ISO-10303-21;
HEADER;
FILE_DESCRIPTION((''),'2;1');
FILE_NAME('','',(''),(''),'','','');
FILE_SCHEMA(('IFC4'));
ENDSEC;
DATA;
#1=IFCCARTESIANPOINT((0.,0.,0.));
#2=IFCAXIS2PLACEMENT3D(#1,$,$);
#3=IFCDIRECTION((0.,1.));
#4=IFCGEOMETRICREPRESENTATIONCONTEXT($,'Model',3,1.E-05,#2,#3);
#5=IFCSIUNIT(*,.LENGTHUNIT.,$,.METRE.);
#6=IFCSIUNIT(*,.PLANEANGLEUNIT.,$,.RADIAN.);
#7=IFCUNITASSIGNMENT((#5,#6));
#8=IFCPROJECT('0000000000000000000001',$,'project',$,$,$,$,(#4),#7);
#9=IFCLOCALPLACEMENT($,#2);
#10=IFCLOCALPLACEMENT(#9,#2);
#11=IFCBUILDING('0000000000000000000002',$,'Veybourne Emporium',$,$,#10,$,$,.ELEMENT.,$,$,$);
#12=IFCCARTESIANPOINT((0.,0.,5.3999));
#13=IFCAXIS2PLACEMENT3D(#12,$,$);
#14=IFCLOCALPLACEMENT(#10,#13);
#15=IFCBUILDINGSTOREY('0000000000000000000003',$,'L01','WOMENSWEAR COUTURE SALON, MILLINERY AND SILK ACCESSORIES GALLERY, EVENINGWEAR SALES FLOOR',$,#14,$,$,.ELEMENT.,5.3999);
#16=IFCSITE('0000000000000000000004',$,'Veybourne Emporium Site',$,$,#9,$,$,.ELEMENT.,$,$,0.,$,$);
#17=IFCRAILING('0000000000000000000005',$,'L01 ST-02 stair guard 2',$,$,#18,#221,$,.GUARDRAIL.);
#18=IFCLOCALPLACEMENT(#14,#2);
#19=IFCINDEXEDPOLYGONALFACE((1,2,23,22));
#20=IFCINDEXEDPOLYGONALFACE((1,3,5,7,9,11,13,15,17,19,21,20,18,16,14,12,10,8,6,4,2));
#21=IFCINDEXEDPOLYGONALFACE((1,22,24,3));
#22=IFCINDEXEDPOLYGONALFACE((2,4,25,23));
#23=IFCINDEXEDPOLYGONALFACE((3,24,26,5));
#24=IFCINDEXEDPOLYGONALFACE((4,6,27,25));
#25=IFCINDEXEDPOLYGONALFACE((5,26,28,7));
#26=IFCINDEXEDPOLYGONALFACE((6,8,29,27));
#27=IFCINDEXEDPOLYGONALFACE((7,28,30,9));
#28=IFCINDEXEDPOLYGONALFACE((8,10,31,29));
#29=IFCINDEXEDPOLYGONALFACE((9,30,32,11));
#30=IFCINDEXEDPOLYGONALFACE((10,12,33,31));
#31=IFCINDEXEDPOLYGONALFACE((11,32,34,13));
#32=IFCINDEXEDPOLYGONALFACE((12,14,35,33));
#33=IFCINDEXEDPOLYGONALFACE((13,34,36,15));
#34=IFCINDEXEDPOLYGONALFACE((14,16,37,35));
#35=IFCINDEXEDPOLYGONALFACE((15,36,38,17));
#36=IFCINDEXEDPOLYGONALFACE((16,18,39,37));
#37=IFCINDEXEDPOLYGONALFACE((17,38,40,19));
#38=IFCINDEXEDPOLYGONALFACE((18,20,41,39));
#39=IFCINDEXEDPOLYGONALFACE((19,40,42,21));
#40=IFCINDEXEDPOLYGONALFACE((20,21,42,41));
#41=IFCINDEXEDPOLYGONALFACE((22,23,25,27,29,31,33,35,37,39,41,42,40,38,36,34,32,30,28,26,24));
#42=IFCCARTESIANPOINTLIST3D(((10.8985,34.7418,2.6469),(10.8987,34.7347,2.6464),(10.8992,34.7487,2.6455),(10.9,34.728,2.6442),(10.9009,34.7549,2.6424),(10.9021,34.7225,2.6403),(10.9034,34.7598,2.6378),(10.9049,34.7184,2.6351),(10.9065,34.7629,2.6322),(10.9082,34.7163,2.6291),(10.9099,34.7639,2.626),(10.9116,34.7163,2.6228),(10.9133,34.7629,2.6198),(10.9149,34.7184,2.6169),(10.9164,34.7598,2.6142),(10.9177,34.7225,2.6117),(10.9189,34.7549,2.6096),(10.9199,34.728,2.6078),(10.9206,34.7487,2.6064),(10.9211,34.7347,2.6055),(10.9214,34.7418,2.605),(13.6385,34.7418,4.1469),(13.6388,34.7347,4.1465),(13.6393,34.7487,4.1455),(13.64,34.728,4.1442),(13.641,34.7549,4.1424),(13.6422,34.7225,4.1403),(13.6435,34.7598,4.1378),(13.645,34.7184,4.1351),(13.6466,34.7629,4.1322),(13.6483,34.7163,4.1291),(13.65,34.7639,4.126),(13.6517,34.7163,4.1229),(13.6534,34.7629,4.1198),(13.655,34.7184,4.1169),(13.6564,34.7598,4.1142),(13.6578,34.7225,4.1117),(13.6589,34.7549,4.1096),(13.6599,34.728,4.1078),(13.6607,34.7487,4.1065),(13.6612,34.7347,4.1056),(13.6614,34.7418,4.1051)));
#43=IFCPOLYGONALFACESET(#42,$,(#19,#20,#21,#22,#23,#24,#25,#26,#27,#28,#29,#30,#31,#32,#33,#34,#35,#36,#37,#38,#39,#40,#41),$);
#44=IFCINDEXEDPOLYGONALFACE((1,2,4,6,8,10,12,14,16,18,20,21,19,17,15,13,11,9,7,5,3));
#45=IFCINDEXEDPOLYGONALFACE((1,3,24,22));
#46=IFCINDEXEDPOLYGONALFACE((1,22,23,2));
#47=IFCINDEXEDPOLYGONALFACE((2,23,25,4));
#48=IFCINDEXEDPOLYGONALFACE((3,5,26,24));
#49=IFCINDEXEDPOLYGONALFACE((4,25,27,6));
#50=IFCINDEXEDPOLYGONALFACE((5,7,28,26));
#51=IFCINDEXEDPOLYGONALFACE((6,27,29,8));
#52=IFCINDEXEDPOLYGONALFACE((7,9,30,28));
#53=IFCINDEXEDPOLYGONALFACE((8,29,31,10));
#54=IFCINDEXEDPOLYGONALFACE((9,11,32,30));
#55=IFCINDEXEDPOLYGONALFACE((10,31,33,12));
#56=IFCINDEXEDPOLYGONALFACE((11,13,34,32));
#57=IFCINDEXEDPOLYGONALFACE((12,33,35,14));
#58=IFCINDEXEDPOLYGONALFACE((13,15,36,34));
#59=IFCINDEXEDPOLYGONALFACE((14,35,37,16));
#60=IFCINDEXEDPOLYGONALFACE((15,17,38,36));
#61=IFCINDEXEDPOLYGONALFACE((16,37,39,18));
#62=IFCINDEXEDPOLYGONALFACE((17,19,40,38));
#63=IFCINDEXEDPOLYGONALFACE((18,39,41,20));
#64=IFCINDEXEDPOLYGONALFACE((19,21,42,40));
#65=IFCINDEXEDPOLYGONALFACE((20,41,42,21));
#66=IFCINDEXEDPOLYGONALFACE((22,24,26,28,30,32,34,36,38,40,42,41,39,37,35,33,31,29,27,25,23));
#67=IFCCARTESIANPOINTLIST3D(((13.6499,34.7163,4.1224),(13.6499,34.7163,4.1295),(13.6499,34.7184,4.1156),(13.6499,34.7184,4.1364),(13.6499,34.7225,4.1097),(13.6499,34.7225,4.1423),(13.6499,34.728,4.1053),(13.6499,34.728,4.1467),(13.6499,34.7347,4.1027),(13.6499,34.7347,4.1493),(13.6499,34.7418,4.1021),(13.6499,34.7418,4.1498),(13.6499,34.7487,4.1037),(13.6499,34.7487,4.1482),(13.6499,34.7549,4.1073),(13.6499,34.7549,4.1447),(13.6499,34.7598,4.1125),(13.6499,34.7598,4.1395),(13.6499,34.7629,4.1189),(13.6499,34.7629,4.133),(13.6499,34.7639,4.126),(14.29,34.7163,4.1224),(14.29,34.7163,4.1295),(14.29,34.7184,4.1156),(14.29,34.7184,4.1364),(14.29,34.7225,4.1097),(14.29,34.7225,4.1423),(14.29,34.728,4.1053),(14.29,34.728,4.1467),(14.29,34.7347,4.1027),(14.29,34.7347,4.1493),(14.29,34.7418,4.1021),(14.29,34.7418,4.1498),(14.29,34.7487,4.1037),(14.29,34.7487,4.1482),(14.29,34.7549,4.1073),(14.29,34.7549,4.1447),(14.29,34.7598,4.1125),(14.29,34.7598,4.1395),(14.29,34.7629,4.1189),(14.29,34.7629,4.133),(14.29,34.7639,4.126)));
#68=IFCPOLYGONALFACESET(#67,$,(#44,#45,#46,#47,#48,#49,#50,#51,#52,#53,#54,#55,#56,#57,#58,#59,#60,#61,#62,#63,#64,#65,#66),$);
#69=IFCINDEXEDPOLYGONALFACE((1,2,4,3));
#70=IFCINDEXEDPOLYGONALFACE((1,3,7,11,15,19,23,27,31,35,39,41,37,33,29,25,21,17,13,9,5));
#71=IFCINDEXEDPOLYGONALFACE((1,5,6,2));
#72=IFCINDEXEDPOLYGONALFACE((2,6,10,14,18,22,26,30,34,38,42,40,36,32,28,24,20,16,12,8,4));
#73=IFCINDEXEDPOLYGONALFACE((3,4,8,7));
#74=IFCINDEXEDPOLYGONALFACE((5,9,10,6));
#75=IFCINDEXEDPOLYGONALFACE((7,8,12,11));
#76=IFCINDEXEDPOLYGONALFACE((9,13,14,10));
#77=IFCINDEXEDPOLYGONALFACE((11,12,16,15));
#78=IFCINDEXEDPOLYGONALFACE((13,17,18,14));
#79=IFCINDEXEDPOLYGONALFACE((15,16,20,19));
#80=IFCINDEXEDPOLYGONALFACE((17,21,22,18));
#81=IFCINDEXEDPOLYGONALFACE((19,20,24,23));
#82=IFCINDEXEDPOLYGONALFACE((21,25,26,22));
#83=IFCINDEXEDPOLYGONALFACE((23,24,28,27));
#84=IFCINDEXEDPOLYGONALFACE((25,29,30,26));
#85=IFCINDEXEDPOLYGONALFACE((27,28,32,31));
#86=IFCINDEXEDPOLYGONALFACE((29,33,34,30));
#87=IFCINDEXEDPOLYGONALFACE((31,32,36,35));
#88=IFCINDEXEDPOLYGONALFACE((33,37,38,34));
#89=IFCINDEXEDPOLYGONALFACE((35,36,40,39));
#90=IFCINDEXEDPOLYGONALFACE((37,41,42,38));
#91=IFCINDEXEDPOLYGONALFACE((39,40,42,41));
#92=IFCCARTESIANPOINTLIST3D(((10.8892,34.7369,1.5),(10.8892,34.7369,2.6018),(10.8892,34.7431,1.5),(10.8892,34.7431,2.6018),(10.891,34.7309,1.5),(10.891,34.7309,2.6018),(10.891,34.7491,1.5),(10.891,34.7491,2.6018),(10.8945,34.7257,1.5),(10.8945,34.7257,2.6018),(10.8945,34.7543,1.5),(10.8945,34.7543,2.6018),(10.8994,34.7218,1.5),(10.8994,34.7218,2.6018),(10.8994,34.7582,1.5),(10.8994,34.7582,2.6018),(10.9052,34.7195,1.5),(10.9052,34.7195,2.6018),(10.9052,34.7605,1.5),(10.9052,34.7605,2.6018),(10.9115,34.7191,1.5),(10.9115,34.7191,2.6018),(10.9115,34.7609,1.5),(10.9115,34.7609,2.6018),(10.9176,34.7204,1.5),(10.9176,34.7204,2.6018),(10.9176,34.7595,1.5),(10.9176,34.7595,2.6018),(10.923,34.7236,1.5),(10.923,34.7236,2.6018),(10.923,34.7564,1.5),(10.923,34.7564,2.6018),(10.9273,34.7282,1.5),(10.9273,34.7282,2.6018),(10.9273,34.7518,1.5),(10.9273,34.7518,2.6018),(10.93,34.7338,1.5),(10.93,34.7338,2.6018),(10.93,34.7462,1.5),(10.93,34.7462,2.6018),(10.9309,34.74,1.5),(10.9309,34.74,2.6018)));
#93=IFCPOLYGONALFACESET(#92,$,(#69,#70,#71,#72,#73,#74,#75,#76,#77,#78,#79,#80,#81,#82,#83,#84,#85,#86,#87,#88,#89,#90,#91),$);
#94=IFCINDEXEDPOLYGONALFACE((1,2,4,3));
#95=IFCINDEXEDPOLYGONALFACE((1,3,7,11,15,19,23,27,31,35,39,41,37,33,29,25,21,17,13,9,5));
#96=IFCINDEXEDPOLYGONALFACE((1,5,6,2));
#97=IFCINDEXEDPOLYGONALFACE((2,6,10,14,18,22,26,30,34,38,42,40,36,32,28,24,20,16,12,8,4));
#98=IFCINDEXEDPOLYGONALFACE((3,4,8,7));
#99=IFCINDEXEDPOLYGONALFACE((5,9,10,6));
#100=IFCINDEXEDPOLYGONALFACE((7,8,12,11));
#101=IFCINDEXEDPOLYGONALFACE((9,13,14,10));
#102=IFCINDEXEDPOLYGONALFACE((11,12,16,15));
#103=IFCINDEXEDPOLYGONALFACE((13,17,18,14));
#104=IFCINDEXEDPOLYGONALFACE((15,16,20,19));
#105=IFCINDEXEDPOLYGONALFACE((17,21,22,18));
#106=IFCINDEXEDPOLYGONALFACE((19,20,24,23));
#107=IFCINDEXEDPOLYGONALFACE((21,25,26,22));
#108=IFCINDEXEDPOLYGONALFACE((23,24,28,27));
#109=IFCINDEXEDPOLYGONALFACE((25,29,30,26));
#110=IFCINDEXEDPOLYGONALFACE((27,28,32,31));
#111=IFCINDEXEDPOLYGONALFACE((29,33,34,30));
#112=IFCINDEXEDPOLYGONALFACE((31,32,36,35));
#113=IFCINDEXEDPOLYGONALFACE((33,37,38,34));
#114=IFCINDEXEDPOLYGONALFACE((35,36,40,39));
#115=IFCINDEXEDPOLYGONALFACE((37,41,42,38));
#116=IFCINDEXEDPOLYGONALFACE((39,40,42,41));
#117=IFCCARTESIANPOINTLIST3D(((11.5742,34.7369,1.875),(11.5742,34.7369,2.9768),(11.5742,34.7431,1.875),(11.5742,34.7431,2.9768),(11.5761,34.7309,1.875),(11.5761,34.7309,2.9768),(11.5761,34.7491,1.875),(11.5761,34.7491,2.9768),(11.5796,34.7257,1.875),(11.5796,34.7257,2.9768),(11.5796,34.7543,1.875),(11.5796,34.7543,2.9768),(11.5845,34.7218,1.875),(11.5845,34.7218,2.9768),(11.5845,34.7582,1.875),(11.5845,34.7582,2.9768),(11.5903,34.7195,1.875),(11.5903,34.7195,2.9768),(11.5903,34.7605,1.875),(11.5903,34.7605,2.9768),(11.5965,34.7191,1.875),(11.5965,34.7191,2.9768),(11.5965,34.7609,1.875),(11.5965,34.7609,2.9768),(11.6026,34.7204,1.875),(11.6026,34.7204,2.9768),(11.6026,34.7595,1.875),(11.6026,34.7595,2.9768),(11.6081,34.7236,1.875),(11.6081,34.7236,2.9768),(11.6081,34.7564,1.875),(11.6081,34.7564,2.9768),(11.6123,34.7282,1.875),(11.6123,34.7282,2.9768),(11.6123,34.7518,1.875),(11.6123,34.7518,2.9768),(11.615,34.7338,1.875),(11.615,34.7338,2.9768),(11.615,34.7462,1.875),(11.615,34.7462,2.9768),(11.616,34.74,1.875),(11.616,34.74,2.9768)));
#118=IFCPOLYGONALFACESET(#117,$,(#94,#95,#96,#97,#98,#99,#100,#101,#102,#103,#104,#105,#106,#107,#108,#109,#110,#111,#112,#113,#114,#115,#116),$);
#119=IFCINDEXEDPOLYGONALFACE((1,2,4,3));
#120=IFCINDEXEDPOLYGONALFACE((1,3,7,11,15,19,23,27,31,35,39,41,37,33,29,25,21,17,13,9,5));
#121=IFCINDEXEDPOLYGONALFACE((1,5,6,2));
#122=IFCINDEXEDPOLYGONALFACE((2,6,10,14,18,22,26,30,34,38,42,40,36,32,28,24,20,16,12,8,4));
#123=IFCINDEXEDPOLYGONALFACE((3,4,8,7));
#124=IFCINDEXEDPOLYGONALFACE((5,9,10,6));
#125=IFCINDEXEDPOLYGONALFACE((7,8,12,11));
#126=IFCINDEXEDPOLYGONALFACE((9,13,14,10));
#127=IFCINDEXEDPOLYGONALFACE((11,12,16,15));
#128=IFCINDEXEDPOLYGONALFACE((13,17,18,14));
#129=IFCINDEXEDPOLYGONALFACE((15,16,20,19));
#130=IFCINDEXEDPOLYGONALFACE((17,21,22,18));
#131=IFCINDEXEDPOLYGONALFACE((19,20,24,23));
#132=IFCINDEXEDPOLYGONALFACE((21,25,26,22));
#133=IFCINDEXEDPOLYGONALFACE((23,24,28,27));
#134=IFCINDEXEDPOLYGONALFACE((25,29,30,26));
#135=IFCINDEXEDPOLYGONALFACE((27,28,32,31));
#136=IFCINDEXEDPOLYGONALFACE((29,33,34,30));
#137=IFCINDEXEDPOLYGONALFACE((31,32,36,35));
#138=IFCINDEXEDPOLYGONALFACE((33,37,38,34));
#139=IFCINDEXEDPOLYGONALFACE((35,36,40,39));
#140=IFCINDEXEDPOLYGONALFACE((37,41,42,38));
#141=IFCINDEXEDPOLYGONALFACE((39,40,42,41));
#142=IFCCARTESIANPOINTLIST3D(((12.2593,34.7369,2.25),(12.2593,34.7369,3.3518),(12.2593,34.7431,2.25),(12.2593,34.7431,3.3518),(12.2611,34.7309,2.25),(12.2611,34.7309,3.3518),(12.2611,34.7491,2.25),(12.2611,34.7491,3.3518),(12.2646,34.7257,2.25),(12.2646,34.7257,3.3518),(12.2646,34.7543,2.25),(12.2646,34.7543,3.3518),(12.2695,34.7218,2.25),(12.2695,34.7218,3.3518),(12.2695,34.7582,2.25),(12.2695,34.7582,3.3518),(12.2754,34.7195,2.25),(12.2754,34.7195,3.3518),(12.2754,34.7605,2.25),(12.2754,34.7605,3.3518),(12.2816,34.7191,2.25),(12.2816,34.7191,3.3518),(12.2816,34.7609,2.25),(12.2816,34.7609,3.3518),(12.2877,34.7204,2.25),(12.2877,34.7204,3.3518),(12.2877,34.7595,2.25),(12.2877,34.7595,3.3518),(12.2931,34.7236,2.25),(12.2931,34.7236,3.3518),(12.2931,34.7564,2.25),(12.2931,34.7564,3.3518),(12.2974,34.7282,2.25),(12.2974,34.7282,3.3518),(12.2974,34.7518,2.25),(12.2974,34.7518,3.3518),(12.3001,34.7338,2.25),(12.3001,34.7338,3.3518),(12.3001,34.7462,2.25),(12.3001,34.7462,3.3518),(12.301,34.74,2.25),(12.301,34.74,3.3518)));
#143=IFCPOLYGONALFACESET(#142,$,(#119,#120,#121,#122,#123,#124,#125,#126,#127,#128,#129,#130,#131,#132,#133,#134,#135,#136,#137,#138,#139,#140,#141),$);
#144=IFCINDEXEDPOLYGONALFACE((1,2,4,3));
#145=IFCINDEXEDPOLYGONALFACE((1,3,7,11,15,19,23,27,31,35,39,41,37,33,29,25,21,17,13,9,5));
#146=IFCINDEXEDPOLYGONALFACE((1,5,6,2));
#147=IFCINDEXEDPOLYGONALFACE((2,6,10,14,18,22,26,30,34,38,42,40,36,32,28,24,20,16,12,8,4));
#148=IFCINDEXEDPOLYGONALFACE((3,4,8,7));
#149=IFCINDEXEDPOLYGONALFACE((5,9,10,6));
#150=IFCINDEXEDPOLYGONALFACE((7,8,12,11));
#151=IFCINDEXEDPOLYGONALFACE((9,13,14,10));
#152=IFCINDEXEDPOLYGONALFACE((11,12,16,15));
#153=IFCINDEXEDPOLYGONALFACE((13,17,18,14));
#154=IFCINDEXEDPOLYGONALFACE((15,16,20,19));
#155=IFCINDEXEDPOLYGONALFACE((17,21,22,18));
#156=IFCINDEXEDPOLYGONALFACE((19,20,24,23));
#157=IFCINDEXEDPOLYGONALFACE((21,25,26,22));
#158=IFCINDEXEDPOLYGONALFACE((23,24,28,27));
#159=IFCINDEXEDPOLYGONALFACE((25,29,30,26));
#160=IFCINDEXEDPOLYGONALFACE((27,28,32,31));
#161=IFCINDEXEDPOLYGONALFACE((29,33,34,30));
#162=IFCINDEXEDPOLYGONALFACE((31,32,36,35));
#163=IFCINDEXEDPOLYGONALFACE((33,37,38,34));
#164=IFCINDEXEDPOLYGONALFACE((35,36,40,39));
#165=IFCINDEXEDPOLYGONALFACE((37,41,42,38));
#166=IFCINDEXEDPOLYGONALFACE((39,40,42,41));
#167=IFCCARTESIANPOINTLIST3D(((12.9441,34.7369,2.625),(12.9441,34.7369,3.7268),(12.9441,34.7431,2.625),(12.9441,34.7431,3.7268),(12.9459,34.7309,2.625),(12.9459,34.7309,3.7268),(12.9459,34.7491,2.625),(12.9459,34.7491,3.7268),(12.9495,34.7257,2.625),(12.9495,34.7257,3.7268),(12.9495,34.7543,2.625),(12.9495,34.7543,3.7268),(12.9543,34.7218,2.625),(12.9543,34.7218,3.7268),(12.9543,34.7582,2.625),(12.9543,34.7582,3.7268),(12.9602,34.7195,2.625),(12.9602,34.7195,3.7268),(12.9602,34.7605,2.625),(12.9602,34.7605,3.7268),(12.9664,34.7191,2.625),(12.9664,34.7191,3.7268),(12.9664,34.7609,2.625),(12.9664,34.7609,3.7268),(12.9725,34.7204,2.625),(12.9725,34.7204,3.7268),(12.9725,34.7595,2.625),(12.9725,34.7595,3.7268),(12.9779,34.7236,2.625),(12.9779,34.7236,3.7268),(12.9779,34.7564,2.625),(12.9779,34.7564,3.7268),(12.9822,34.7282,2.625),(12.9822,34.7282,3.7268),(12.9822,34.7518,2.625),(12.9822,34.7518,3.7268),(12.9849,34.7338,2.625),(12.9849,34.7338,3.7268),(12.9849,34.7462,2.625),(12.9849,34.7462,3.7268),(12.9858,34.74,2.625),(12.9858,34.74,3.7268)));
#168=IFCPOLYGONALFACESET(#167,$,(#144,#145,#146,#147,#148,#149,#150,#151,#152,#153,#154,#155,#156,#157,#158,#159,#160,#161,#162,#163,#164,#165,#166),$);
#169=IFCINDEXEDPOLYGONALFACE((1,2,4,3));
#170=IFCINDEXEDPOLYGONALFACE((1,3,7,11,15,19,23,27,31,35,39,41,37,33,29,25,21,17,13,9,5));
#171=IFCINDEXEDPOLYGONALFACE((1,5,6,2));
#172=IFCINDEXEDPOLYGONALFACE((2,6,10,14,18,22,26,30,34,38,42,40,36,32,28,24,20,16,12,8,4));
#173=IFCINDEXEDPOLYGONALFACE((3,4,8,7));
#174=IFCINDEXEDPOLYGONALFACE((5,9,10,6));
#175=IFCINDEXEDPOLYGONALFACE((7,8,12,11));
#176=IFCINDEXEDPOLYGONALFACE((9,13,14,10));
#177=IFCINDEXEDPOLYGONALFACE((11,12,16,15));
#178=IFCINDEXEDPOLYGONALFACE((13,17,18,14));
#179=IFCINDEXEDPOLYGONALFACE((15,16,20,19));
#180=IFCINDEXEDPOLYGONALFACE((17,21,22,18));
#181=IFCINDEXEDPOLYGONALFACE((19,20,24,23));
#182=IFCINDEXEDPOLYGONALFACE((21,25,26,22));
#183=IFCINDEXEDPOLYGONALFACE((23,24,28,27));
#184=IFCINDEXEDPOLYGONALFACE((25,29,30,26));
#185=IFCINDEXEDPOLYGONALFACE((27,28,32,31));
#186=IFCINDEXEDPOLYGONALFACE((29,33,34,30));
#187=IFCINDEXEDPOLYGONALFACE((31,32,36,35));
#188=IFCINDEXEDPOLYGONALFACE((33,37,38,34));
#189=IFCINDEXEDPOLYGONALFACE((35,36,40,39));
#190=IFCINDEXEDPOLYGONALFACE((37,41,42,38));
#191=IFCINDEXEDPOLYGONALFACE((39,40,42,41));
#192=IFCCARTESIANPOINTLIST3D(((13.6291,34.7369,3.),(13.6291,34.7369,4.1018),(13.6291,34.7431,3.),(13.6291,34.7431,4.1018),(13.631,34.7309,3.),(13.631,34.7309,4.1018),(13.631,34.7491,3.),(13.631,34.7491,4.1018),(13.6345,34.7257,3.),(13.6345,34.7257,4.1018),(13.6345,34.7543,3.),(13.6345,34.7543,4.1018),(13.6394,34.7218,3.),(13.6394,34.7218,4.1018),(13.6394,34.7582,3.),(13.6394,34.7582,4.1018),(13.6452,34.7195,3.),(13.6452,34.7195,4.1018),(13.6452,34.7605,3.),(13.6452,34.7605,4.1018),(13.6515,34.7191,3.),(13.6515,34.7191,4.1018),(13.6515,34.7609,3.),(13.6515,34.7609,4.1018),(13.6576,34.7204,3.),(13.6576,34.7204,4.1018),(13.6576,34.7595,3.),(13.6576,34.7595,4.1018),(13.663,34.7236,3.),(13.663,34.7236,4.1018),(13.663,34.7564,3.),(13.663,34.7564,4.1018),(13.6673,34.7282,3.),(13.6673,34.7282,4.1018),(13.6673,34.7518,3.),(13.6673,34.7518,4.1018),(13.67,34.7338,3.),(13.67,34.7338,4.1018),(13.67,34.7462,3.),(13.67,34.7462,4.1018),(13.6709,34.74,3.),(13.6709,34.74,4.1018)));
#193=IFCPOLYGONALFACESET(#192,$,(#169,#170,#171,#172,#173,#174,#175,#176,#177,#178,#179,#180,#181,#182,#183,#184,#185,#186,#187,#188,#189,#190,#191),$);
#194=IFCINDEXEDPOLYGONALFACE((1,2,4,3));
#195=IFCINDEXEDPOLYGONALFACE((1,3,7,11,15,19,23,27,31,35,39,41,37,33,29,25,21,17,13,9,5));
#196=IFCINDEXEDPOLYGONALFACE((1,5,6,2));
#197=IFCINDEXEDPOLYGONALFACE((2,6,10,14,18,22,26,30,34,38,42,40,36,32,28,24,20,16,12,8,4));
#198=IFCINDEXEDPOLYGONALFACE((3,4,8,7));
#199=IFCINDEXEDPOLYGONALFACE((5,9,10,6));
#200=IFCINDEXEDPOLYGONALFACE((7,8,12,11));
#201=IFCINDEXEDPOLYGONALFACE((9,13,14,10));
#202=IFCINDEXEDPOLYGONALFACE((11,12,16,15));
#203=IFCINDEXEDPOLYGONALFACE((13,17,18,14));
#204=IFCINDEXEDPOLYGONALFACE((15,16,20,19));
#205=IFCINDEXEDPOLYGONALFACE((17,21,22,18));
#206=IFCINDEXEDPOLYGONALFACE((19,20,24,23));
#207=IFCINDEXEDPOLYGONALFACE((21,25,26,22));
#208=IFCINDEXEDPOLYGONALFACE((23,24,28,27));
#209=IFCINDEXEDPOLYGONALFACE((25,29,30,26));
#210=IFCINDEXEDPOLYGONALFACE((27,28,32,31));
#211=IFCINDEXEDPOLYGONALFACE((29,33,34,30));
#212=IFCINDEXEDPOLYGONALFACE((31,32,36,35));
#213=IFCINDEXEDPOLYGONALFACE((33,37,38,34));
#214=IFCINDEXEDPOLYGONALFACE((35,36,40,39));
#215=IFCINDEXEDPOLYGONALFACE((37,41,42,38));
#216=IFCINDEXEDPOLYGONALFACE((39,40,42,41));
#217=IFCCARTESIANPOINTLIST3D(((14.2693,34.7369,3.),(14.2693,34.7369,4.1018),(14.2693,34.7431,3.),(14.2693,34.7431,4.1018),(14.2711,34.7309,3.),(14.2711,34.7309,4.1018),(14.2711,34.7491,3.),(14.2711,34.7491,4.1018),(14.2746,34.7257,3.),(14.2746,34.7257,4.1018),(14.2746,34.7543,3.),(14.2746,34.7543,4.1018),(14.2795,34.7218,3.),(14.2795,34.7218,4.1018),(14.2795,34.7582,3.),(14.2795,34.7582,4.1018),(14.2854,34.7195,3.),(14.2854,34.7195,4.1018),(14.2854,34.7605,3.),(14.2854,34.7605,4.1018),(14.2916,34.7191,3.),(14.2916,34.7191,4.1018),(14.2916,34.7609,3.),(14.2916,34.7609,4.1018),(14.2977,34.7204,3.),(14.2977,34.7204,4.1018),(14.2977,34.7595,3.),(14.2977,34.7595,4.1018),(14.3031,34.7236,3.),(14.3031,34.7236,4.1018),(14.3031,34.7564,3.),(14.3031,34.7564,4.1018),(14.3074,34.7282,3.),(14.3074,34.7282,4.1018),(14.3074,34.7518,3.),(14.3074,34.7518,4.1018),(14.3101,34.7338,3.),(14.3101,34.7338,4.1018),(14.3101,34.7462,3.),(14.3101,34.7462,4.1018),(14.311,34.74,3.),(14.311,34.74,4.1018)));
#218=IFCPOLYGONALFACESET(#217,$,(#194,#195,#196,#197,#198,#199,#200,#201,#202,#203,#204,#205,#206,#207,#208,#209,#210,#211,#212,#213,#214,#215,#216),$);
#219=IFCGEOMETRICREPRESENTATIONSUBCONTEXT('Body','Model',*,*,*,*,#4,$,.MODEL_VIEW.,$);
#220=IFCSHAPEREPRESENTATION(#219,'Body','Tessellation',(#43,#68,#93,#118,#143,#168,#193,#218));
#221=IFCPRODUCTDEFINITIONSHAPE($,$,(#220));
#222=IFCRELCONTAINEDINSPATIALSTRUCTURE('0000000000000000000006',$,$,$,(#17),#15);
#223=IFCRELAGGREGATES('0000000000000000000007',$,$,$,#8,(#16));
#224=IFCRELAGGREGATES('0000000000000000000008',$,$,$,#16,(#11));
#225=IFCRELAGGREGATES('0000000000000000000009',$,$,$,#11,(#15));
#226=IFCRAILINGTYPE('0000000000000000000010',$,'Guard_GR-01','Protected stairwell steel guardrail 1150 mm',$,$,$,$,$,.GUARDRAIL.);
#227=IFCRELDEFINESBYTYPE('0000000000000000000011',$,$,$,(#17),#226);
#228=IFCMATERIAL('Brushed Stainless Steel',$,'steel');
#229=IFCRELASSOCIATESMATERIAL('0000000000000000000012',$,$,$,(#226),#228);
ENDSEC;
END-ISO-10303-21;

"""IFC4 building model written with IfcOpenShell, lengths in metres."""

from ifc_helpers import new_model, si_unit, direction, frame, origin, origin_2d, place, context, subcontext, project, spatial, circle, extrude, material, type_object, element, save


model = new_model("IFC4")

# Units and contexts
model_context = context("Model", 3, precision=1e-05, world=origin(), true_north=direction((0.0, 1.0)))
body_context = subcontext(model_context, "Body", "Model", "MODEL_VIEW")
ifc_project = project(units=[si_unit("LENGTHUNIT", "METRE"), si_unit("PLANEANGLEUNIT", "RADIAN")], contexts=[model_context])

# Site, building, storey
site_placement = place(None, origin())
site = spatial("IfcSite", under=ifc_project, at=site_placement, Name="Veybourne Emporium Site", CompositionType="ELEMENT", RefElevation=0.0)
building_placement = place(site_placement, origin())
building = spatial("IfcBuilding", under=site, at=building_placement, Name="Veybourne Emporium", CompositionType="ELEMENT")
storey_placement = place(building_placement, frame((0.0, 0.0, 5.3999)))
storey = spatial("IfcBuildingStorey", under=building, at=storey_placement, Name="L01", Description="WOMENSWEAR COUTURE SALON, MILLINERY AND SILK ACCESSORIES GALLERY, EVENINGWEAR SALES FLOOR", CompositionType="ELEMENT", Elevation=5.3999)

# Railing
ifc_material_1 = material(Name="Brushed Stainless Steel", Category="steel")
railing_type = type_object("IfcRailingType", Name="Guard_GR-01", Description="Protected stairwell steel guardrail 1150 mm", PredefinedType="GUARDRAIL", material=ifc_material_1)
railing_placement = place(storey_placement, frame((10.9099, 34.74, 1.5)))
element("IfcRailing", 1, at=railing_placement, inside=storey, type_object=railing_type, Name="L01 ST-02 stair guard 2", PredefinedType="GUARDRAIL", context=body_context, shape_type="SweptSolid", body=[
    extrude(circle(Radius=0.0239, at=origin_2d()), frame((0.0, 0.0, 1.126), z_axis=(0.87716, 0.0, 0.480199), x_axis=(0.0, 1.0, 0.0)), (0.0, 0.0, 1.0), 3.1238),
    extrude(circle(Radius=0.0239, at=origin_2d()), frame((2.74, 0.0, 2.626), z_axis=(1.0, 0.0, 0.0), x_axis=(0.0, 1.0, 0.0)), (0.0, 0.0, 1.0), 0.6401),
    extrude(circle(Radius=0.021, at=origin_2d()), origin(), (0.0, 0.0, 1.0), 1.1018),
    extrude(circle(Radius=0.021, at=origin_2d()), frame((0.6851, 0.0, 0.375)), (0.0, 0.0, 1.0), 1.1018),
    extrude(circle(Radius=0.021, at=origin_2d()), frame((1.3701, 0.0, 0.75)), (0.0, 0.0, 1.0), 1.1018),
    extrude(circle(Radius=0.021, at=origin_2d()), frame((2.0549, 0.0, 1.125)), (0.0, 0.0, 1.0), 1.1018),
    extrude(circle(Radius=0.021, at=origin_2d()), frame((2.74, 0.0, 1.5)), (0.0, 0.0, 1.0), 1.1018),
    extrude(circle(Radius=0.021, at=origin_2d()), frame((3.3801, 0.0, 1.5)), (0.0, 0.0, 1.0), 1.1018),
])

save(model, "model.ifc")
